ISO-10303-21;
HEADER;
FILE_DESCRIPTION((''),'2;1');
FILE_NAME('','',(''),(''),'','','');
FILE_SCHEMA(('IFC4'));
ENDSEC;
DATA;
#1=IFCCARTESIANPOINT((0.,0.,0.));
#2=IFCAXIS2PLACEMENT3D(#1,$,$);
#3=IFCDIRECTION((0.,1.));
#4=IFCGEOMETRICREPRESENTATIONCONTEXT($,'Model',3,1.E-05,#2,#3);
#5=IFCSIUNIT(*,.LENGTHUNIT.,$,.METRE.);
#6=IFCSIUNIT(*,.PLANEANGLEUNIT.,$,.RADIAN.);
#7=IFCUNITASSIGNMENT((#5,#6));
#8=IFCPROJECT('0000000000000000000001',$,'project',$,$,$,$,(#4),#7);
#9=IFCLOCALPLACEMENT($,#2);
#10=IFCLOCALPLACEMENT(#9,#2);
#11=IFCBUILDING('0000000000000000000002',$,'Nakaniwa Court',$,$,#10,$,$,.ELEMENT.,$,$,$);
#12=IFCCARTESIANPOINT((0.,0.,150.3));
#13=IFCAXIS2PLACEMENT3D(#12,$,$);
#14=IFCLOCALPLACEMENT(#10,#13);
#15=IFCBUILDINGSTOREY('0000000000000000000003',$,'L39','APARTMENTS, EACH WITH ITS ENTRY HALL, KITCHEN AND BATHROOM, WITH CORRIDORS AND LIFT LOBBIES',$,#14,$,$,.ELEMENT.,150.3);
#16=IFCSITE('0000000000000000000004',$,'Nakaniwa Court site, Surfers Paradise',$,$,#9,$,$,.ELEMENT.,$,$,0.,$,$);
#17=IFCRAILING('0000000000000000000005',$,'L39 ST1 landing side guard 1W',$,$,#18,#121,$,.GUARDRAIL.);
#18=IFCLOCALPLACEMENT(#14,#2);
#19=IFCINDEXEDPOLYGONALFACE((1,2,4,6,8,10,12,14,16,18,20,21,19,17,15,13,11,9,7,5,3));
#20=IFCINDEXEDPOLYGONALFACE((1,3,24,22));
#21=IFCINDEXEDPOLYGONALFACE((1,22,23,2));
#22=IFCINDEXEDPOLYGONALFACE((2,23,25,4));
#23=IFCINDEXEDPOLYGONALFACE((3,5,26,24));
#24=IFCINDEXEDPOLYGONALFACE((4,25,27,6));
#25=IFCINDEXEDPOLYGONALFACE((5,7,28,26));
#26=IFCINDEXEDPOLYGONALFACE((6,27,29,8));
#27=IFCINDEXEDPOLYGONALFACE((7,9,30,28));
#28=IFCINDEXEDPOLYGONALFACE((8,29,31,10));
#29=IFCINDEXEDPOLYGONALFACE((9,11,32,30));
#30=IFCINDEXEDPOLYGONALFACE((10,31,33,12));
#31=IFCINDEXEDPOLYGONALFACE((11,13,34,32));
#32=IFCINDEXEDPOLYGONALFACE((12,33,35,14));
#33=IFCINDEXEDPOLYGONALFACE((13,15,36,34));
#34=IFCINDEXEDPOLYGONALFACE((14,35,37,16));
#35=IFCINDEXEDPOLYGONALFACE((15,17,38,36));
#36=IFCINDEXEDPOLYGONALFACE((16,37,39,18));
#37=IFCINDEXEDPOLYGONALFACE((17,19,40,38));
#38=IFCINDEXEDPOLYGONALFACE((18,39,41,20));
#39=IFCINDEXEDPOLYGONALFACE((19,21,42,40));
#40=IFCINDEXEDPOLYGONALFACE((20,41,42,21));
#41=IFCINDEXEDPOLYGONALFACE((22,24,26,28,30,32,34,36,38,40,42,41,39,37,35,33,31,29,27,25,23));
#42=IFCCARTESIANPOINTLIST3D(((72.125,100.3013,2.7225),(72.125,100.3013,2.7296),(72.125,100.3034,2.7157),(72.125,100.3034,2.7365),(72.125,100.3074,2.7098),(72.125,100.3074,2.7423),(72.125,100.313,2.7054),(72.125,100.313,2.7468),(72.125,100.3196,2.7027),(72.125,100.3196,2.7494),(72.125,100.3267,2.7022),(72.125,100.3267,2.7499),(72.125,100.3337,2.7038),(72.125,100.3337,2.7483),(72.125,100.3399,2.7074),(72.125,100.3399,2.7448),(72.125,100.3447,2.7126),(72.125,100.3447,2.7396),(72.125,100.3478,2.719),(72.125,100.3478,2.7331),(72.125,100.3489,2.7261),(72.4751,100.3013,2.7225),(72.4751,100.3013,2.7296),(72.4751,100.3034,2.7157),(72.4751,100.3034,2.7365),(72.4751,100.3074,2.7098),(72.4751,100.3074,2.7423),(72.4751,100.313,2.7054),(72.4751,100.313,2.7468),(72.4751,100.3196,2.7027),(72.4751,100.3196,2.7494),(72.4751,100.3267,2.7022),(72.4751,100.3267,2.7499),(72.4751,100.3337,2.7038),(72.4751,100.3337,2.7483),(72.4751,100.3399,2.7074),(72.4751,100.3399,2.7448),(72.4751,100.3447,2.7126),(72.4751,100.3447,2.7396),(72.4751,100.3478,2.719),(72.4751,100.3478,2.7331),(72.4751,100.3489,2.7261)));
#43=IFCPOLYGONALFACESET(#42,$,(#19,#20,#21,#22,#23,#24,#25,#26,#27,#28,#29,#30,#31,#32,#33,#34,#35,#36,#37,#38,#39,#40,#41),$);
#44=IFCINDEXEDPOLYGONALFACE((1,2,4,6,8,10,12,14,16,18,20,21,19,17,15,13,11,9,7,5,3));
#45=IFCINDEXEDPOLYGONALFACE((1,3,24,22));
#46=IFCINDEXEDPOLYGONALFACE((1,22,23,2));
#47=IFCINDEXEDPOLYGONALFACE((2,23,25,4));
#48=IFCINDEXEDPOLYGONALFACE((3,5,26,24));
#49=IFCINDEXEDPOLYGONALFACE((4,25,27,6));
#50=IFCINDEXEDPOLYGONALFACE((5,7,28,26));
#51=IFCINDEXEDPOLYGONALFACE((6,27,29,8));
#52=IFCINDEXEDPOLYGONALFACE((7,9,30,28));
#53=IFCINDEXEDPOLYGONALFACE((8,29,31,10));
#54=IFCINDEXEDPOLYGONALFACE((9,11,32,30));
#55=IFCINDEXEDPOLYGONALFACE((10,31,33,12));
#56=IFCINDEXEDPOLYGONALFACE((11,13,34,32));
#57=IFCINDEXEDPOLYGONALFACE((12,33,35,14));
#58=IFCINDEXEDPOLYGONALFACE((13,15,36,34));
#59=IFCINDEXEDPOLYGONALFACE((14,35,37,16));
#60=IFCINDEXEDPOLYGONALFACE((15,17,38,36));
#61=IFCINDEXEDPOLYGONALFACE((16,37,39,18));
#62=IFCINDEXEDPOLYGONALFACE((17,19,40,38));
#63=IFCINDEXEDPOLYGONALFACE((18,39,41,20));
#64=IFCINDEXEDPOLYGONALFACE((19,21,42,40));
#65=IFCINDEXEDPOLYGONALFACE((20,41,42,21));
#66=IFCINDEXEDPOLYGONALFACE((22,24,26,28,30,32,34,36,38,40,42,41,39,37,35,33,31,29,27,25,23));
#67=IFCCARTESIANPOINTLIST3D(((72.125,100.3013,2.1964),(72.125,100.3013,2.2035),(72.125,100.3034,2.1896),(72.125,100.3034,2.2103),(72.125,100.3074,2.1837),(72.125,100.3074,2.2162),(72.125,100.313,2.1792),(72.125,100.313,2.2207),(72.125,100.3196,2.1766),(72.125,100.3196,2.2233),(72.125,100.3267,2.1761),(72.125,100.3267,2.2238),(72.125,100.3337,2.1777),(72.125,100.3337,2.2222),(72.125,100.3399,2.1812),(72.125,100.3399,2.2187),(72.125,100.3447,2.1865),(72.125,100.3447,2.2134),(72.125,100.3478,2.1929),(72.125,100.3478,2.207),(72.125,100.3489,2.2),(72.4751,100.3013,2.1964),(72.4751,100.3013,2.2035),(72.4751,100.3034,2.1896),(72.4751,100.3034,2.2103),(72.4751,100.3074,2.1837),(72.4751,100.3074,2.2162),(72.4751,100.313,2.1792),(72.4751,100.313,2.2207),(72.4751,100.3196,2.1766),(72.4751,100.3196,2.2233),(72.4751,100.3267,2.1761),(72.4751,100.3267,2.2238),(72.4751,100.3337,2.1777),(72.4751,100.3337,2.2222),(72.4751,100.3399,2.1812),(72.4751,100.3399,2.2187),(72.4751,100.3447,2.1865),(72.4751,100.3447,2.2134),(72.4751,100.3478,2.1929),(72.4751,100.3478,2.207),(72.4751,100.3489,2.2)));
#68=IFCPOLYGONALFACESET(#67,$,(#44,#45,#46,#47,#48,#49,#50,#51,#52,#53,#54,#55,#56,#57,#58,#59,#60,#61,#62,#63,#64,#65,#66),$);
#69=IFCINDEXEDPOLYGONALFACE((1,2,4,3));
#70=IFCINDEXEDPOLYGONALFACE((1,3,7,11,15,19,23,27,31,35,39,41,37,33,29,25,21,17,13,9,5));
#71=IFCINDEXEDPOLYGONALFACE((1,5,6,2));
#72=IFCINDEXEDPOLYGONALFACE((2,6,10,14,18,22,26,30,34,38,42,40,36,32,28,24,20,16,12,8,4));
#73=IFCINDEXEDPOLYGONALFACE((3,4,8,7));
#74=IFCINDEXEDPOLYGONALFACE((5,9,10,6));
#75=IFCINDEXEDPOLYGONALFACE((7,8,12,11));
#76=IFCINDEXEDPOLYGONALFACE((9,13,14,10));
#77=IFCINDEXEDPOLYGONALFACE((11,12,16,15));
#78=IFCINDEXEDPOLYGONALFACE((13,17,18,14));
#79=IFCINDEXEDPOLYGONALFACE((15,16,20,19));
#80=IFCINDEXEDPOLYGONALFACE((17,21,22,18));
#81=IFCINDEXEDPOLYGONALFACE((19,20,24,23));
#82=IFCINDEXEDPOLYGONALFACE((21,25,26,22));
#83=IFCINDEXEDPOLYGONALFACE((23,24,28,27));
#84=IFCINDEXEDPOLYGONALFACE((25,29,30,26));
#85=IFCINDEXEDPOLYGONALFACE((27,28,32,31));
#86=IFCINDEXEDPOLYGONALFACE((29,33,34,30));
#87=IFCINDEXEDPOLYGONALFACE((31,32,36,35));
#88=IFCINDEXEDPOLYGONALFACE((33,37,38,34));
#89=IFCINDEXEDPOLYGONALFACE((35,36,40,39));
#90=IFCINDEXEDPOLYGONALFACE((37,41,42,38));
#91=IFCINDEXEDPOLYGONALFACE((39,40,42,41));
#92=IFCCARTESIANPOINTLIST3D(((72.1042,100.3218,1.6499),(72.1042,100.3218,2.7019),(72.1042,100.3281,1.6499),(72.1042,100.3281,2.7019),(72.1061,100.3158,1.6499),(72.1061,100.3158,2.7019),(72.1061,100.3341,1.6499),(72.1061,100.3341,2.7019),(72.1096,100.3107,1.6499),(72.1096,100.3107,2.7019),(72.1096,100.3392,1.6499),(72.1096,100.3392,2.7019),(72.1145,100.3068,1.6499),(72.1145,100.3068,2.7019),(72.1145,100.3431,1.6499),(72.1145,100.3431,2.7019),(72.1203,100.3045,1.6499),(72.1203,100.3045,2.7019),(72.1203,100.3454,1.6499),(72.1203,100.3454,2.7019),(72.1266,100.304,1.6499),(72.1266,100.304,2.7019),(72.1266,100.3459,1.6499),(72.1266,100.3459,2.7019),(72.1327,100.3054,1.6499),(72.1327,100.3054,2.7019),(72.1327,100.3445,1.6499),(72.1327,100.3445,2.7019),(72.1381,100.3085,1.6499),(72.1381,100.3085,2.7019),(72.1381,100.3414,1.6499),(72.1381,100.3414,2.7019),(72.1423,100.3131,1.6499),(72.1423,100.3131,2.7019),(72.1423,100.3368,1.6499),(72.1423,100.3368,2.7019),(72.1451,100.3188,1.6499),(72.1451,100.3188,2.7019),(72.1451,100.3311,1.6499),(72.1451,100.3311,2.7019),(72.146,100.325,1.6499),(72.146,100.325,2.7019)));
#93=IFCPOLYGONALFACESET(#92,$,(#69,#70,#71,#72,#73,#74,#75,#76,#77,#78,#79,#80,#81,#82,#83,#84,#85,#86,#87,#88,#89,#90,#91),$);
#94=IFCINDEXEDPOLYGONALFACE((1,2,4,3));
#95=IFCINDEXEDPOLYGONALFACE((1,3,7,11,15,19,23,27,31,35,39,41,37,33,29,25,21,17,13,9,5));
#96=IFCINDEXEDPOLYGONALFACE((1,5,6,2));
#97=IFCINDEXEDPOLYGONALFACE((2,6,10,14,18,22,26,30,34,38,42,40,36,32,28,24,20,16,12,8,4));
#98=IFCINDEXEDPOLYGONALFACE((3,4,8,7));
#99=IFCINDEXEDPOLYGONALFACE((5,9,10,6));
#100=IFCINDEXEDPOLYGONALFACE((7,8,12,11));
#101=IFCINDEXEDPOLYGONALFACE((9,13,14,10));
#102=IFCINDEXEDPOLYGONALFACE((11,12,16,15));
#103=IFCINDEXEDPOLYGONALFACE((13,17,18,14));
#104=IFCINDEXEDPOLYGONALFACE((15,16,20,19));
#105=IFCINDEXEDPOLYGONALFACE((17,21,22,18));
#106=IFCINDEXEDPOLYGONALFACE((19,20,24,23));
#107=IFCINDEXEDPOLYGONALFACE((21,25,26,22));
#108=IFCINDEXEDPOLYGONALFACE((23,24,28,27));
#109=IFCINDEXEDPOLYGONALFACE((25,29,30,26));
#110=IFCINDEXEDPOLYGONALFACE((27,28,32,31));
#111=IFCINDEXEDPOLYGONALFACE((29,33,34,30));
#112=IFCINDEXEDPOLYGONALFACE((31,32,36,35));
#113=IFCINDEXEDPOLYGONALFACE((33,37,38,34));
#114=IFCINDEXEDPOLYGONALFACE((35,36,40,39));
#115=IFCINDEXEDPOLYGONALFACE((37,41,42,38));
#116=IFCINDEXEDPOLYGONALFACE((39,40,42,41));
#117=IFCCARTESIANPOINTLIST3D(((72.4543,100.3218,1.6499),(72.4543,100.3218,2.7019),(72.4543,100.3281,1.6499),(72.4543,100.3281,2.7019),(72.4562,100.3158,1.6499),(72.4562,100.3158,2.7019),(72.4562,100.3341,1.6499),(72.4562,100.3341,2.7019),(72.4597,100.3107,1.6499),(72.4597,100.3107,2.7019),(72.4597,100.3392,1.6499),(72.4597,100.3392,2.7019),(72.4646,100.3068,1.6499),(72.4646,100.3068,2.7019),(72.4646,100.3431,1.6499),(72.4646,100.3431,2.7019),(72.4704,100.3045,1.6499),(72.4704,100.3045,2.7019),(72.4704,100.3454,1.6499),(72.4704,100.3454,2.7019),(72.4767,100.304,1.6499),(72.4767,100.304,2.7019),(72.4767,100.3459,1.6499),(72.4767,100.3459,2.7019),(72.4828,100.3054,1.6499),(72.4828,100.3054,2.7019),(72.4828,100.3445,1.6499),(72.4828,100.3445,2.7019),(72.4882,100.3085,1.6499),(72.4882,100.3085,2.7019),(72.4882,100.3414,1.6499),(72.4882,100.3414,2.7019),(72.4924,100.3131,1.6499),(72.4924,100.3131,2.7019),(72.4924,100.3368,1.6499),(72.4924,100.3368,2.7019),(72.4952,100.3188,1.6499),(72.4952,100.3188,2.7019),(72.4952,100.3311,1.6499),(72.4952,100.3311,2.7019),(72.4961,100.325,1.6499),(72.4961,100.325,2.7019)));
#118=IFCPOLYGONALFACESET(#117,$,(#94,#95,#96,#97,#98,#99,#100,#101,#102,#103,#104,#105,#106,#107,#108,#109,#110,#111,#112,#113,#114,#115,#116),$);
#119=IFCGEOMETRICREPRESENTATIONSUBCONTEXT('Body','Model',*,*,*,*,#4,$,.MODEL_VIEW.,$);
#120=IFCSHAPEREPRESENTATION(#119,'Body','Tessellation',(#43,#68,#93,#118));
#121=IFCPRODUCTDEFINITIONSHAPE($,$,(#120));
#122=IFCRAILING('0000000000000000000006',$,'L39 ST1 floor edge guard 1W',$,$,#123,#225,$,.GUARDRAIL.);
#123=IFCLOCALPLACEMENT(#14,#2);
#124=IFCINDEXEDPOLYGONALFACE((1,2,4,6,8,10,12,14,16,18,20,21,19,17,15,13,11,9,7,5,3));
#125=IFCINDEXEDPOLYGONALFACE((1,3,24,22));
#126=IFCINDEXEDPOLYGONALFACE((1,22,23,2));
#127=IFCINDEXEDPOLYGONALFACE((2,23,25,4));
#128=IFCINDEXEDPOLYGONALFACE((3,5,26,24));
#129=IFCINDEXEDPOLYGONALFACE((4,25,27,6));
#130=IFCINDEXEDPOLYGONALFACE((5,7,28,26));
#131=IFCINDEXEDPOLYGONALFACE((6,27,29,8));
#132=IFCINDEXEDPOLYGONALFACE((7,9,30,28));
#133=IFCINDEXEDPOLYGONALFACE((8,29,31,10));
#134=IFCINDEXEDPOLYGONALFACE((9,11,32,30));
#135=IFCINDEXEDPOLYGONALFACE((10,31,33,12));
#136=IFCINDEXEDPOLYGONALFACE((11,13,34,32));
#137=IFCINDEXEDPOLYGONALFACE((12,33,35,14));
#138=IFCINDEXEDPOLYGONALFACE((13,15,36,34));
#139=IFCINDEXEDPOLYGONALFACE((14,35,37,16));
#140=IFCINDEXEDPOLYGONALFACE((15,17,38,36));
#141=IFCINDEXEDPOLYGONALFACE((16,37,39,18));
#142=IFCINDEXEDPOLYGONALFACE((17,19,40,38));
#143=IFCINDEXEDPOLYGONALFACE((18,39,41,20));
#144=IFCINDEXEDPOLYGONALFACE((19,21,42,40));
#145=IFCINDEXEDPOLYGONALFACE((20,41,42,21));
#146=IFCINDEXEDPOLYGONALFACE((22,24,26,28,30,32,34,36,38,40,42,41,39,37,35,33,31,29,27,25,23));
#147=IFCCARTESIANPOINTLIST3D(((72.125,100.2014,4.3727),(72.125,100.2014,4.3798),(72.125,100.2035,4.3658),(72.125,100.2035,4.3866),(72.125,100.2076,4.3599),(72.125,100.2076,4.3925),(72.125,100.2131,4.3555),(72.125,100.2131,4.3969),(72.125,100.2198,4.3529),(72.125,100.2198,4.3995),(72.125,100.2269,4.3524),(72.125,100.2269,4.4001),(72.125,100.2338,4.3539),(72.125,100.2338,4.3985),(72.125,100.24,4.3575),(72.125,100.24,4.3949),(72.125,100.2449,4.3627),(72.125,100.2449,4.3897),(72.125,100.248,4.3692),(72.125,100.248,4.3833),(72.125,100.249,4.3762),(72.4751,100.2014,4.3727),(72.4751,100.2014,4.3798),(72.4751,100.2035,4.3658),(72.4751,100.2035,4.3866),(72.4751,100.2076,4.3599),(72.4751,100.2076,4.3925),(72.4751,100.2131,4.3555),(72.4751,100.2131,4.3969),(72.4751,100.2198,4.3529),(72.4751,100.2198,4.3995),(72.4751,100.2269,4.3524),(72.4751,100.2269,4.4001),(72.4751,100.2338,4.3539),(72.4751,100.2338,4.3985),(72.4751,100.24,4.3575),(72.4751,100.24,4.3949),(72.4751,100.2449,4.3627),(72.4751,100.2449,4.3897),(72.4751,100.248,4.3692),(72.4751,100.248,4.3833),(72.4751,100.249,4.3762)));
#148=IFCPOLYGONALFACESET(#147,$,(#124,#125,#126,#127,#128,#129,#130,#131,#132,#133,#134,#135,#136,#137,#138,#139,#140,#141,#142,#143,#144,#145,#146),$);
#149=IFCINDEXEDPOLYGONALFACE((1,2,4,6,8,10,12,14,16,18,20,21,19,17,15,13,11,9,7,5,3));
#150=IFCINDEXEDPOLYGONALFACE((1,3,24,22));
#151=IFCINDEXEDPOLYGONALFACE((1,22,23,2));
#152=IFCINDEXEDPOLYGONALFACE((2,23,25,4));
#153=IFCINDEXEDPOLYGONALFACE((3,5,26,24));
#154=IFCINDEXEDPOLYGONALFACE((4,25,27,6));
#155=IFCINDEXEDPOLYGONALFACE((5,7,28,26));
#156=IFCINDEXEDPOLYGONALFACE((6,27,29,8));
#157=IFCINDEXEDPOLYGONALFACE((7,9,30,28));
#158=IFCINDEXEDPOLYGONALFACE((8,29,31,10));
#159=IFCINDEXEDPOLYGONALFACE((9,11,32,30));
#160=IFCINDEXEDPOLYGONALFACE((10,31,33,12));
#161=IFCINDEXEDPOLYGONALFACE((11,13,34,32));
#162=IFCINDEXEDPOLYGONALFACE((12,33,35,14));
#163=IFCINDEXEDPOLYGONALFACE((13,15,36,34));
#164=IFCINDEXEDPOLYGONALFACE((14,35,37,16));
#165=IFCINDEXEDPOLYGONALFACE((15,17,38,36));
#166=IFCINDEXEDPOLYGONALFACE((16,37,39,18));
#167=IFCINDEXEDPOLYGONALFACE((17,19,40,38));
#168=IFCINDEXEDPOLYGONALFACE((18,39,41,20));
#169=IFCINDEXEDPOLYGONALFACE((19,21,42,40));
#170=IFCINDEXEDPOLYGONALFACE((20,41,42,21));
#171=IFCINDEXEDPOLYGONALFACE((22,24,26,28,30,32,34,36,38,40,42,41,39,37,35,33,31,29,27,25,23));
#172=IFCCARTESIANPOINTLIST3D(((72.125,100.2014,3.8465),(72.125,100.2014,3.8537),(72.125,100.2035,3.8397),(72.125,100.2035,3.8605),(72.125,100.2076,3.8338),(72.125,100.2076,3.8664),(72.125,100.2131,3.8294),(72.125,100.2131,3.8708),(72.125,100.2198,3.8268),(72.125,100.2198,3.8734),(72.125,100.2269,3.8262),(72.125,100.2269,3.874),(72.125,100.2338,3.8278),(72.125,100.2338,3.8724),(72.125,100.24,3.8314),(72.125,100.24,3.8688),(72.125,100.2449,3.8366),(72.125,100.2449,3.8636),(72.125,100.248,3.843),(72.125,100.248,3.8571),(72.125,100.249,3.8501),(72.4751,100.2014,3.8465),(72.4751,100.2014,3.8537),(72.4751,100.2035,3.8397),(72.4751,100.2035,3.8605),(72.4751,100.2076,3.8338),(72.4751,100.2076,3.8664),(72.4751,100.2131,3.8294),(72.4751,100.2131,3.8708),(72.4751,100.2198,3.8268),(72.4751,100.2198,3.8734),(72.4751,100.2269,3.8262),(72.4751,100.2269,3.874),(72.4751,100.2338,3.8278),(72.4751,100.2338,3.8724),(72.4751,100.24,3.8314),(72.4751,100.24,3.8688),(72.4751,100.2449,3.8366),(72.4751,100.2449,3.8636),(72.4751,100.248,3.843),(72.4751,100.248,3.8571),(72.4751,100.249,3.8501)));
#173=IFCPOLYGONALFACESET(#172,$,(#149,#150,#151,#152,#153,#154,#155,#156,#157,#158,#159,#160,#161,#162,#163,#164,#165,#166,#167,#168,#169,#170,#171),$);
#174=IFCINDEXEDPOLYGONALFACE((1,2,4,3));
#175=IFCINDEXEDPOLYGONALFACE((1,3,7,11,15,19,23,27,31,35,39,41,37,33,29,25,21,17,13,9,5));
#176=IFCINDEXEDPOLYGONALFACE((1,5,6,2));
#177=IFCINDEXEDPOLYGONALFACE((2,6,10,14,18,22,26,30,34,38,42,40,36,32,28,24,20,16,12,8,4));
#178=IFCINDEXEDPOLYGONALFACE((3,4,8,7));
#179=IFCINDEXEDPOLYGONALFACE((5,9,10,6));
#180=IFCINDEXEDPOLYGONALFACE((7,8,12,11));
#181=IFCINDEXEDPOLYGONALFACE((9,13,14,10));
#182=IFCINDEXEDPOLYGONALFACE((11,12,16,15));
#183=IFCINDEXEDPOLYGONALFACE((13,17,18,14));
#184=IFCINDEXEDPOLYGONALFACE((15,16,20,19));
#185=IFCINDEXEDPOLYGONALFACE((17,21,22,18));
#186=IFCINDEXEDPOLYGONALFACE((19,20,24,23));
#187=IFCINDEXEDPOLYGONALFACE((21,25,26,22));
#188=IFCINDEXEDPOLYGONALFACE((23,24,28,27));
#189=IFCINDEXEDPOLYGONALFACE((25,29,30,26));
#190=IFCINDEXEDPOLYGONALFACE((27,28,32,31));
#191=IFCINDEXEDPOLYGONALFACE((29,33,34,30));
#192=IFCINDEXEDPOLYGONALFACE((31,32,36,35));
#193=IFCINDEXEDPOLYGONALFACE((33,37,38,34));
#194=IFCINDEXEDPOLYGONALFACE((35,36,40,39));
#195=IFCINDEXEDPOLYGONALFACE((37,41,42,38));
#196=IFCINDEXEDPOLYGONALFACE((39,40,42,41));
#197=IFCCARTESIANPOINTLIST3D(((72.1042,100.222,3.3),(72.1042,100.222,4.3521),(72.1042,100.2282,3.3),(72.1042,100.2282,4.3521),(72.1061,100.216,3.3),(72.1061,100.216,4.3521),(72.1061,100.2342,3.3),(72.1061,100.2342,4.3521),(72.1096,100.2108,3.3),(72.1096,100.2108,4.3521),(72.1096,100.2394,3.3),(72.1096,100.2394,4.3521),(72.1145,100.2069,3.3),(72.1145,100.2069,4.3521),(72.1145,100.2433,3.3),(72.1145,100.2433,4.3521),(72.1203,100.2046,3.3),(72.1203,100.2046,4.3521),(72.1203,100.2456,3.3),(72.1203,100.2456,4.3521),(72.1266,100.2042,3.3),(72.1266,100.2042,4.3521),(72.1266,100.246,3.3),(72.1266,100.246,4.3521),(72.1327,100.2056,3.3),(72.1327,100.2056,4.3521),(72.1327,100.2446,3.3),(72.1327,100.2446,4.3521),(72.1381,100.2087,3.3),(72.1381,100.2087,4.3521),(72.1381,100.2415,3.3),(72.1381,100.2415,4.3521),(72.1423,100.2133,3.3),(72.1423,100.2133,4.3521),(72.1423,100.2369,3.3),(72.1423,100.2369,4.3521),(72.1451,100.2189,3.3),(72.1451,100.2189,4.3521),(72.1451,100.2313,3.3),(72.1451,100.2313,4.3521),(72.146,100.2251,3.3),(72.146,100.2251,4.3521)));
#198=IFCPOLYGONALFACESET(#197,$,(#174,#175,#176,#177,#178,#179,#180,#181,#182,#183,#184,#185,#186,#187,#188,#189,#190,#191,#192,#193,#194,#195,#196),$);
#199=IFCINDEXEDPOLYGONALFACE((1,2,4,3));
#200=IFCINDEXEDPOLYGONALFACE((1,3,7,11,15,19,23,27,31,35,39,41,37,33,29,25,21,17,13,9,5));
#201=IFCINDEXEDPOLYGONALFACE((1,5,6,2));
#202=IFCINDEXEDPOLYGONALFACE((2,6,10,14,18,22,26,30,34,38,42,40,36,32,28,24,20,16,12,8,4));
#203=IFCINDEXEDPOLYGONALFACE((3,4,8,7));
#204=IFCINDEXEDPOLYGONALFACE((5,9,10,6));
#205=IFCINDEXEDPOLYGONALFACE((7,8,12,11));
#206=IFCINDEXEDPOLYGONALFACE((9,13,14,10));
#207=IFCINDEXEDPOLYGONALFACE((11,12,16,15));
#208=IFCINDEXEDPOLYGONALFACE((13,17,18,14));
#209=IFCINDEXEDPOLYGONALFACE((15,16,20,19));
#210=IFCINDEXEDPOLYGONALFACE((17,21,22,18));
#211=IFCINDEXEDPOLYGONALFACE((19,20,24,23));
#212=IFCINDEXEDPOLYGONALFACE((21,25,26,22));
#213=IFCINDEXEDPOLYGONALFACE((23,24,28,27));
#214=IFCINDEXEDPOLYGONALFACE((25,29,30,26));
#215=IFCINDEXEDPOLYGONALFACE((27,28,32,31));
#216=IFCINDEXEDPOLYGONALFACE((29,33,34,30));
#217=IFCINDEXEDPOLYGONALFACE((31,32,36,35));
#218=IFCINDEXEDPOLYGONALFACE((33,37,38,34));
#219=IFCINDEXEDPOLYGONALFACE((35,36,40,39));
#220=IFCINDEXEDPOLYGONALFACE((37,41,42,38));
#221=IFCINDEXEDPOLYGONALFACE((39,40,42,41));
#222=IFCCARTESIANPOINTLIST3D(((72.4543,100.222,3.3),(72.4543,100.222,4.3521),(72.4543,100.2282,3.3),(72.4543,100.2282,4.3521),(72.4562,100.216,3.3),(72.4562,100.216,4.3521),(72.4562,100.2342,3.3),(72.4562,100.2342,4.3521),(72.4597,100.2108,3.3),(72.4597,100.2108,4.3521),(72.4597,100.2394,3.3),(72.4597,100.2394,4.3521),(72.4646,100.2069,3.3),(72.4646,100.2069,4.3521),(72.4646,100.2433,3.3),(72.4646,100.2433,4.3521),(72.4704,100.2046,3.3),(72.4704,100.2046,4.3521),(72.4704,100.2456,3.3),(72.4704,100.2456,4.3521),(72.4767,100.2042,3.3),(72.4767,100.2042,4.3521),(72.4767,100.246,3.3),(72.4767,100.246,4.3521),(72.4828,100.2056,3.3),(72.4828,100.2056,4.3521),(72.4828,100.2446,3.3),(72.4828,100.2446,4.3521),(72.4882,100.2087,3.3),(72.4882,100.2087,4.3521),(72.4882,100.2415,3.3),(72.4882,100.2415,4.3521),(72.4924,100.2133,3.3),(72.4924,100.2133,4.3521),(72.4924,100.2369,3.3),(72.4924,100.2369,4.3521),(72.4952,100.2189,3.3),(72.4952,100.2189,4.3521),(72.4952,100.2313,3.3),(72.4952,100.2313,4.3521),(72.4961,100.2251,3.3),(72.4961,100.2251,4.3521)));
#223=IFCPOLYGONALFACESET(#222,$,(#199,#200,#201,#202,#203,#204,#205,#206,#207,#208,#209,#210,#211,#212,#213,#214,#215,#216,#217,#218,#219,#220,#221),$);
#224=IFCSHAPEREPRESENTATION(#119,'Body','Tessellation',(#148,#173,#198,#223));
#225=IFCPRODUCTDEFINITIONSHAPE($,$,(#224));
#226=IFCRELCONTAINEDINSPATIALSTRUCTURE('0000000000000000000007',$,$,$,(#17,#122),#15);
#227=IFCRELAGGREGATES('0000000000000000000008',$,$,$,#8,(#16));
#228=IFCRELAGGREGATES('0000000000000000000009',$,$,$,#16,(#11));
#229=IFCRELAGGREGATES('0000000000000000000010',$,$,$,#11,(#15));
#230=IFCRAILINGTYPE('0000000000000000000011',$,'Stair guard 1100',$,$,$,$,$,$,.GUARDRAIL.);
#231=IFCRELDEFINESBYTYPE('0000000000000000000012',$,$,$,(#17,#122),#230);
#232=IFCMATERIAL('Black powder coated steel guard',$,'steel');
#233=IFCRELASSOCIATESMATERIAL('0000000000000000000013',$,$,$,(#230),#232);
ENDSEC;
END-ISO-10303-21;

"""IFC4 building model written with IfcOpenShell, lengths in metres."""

from ifc_helpers import new_model, si_unit, direction, frame, origin, origin_2d, place, context, subcontext, project, spatial, circle, extrude, material, type_object, element, save


model = new_model("IFC4")

# Units and contexts
model_context = context("Model", 3, precision=1e-05, world=origin(), true_north=direction((0.0, 1.0)))
body_context = subcontext(model_context, "Body", "Model", "MODEL_VIEW")
ifc_project = project(units=[si_unit("LENGTHUNIT", "METRE"), si_unit("PLANEANGLEUNIT", "RADIAN")], contexts=[model_context])

# Site, building, storey
site_placement = place(None, origin())
site = spatial("IfcSite", under=ifc_project, at=site_placement, Name="Nakaniwa Court site, Surfers Paradise", CompositionType="ELEMENT", RefElevation=0.0)
building_placement = place(site_placement, origin())
building = spatial("IfcBuilding", under=site, at=building_placement, Name="Nakaniwa Court", CompositionType="ELEMENT")
storey_placement = place(building_placement, frame((0.0, 0.0, 150.3)))
storey = spatial("IfcBuildingStorey", under=building, at=storey_placement, Name="L39", Description="APARTMENTS, EACH WITH ITS ENTRY HALL, KITCHEN AND BATHROOM, WITH CORRIDORS AND LIFT LOBBIES", CompositionType="ELEMENT", Elevation=150.3)

# Railings
ifc_material_1 = material(Name="Black powder coated steel guard", Category="steel")
railing_type_1 = type_object("IfcRailingType", Name="Stair guard 1100", PredefinedType="GUARDRAIL", material=ifc_material_1)
for number, where, name in (
    (1, (72.125, 100.325, 1.6499), "L39 ST1 landing side guard 1W"),
    (2, (72.125, 100.2251, 3.3), "L39 ST1 floor edge guard 1W"),
):
    element("IfcRailing", number, at=place(storey_placement, frame(where)), inside=storey, type_object=railing_type_1, Name=name, PredefinedType="GUARDRAIL", context=body_context, shape_type="SweptSolid", body=[
        extrude(circle(Radius=0.0239, at=origin_2d()), frame((0.0, 0.0, 1.0762), z_axis=(1.0, 0.0, 0.0), x_axis=(0.0, 1.0, 0.0)), (0.0, 0.0, 1.0), 0.3501),
        extrude(circle(Radius=0.0239, at=origin_2d()), frame((0.0, 0.0, 0.55), z_axis=(1.0, 0.0, 0.0), x_axis=(0.0, 1.0, 0.0)), (0.0, 0.0, 1.0), 0.3501),
        extrude(circle(Radius=0.021, at=origin_2d()), origin(), (0.0, 0.0, 1.0), 1.052),
        extrude(circle(Radius=0.021, at=origin_2d()), frame((0.3501, 0.0, 0.0)), (0.0, 0.0, 1.0), 1.052),
    ])

save(model, "model.ifc")
